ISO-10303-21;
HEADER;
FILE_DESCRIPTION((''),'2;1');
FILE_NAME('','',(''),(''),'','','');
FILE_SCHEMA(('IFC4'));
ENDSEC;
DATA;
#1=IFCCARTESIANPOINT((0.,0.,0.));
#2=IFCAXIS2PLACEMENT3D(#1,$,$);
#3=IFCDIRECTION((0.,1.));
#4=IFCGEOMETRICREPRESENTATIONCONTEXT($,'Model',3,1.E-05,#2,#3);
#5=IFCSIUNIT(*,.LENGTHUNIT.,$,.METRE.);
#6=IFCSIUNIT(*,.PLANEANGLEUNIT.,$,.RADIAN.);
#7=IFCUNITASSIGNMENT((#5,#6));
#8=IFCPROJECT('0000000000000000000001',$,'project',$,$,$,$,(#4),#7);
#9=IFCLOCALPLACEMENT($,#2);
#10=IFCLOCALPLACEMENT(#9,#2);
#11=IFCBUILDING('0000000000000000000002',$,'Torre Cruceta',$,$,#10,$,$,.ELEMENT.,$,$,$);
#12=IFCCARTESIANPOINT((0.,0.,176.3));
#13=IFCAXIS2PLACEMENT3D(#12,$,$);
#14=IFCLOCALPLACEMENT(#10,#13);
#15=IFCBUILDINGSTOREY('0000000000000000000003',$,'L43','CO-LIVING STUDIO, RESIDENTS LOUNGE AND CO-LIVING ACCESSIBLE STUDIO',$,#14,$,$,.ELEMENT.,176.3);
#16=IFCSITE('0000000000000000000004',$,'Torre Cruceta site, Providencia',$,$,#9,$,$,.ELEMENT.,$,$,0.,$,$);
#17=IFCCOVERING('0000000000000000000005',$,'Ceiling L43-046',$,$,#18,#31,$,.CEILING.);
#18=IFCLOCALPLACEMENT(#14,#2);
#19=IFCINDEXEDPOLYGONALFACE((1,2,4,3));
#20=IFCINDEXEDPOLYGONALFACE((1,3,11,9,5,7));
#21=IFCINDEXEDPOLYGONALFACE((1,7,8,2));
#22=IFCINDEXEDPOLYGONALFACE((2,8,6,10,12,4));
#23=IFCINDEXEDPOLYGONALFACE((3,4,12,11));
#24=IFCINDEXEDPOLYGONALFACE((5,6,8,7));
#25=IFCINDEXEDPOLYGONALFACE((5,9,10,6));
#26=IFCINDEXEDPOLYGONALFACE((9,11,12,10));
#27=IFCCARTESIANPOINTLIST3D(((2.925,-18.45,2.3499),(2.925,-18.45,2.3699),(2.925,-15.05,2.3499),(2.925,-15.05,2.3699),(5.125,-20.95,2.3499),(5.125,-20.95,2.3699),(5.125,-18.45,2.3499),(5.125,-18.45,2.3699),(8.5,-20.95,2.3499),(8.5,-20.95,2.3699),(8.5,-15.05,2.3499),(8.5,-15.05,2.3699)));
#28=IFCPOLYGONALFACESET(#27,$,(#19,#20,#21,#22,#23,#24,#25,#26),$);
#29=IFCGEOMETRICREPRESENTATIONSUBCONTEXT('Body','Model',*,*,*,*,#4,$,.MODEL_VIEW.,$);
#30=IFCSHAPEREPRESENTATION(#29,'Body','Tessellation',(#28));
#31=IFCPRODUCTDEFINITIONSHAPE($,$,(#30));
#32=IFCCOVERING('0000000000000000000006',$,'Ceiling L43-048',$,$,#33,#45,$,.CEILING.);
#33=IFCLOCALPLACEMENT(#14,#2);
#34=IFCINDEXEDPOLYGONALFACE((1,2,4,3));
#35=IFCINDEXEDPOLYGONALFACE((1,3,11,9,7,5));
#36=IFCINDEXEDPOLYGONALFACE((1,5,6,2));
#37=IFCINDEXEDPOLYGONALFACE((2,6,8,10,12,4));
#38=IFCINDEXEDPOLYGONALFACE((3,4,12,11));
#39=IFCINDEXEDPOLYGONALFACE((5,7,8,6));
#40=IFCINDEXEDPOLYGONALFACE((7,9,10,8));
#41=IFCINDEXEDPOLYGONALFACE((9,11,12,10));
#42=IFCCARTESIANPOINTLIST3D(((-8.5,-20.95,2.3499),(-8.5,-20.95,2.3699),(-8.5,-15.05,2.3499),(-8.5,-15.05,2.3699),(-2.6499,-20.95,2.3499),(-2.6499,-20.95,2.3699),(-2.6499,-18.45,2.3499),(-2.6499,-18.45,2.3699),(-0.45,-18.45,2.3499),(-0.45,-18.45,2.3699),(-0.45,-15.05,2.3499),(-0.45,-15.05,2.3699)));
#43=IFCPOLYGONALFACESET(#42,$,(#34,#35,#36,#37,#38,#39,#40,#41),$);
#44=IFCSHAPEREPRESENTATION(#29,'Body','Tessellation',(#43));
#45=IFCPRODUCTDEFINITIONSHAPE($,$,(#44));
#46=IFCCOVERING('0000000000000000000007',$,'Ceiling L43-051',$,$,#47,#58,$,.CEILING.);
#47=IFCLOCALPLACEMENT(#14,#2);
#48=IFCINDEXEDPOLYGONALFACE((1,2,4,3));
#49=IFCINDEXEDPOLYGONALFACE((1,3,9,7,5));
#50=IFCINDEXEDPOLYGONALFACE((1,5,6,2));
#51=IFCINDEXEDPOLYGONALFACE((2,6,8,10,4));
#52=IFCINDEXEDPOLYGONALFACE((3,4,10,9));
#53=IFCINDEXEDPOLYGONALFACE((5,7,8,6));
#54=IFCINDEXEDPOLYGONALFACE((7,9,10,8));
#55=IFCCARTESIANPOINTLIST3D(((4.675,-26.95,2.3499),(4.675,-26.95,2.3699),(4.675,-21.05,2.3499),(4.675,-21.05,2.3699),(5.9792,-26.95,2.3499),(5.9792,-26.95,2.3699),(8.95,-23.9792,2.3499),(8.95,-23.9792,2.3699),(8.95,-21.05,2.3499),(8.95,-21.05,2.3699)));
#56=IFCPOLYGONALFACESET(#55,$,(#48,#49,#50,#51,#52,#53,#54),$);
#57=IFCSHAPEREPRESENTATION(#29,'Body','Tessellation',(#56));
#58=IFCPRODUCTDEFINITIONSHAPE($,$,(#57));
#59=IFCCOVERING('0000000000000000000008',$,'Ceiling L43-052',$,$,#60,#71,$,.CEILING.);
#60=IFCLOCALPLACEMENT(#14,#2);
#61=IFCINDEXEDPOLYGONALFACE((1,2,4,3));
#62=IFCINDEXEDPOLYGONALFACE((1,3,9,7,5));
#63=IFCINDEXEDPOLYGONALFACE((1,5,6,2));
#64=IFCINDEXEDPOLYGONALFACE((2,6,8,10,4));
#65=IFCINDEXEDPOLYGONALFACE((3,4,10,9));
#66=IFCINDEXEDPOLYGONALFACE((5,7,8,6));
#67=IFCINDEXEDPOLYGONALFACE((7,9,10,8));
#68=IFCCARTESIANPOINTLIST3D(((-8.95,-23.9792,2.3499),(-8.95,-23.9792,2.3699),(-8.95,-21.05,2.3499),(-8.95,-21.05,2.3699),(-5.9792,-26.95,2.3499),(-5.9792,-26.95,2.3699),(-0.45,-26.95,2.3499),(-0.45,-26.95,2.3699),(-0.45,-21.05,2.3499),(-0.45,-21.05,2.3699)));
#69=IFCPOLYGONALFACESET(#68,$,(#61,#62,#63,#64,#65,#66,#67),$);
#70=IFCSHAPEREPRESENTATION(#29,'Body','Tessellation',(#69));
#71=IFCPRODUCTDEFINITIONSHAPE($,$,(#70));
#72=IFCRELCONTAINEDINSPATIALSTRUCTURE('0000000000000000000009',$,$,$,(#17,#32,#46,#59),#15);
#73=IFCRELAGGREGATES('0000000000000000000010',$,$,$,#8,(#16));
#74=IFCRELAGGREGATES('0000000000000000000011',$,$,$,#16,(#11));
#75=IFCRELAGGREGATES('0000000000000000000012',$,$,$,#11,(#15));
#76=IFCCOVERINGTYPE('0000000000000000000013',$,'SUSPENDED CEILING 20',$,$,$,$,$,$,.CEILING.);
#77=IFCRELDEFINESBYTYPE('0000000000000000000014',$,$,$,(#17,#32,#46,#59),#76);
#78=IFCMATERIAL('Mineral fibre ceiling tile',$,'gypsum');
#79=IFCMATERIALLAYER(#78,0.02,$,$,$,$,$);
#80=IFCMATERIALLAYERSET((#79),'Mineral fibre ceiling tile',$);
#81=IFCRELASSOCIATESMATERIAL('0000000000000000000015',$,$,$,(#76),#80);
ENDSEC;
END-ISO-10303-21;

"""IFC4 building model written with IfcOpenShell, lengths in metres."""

from ifc_helpers import new_model, si_unit, direction, frame, origin, place, context, subcontext, project, spatial, polyline, outline, extrude, material, layer, layer_set, type_object, element, save


model = new_model("IFC4")

# Units and contexts
model_context = context("Model", 3, precision=1e-05, world=origin(), true_north=direction((0.0, 1.0)))
body_context = subcontext(model_context, "Body", "Model", "MODEL_VIEW")
ifc_project = project(units=[si_unit("LENGTHUNIT", "METRE"), si_unit("PLANEANGLEUNIT", "RADIAN")], contexts=[model_context])

# Site, building, storey
site_placement = place(None, origin())
site = spatial("IfcSite", under=ifc_project, at=site_placement, Name="Torre Cruceta site, Providencia", CompositionType="ELEMENT", RefElevation=0.0)
building_placement = place(site_placement, origin())
building = spatial("IfcBuilding", under=site, at=building_placement, Name="Torre Cruceta", CompositionType="ELEMENT")
storey_placement = place(building_placement, frame((0.0, 0.0, 176.3)))
storey = spatial("IfcBuildingStorey", under=building, at=storey_placement, Name="L43", Description="CO-LIVING STUDIO, RESIDENTS LOUNGE AND CO-LIVING ACCESSIBLE STUDIO", CompositionType="ELEMENT", Elevation=176.3)

# Coverings
ifc_material_1 = material(Name="Mineral fibre ceiling tile", Category="gypsum")
ifc_layer_1 = layer(ifc_material_1, 0.02)
ifc_layer_set_1 = layer_set([ifc_layer_1], Name="Mineral fibre ceiling tile")
covering_type = type_object("IfcCoveringType", Name="SUSPENDED CEILING 20", PredefinedType="CEILING", material=ifc_layer_set_1)
covering_1_placement = place(storey_placement, frame((0.0, 0.0, 2.3499)))
element("IfcCovering", 1, at=covering_1_placement, inside=storey, type_object=covering_type, Name="Ceiling L43-046", PredefinedType="CEILING", context=body_context, shape_type="SweptSolid", body=[
    extrude(outline(polyline([(2.925, -15.05), (8.5, -15.05), (8.5, -20.95), (5.125, -20.95), (5.125, -18.45), (2.925, -18.45), (2.925, -15.05)])), origin(), (0.0, 0.0, 1.0), 0.02),
])
covering_2_placement = place(storey_placement, frame((0.0, 0.0, 2.3499)))
element("IfcCovering", 2, at=covering_2_placement, inside=storey, type_object=covering_type, Name="Ceiling L43-048", PredefinedType="CEILING", context=body_context, shape_type="SweptSolid", body=[
    extrude(outline(polyline([(-8.5, -20.95), (-8.5, -15.05), (-0.45, -15.05), (-0.45, -18.45), (-2.6499, -18.45), (-2.6499, -20.95), (-8.5, -20.95)])), origin(), (0.0, 0.0, 1.0), 0.02),
])
covering_3_placement = place(storey_placement, frame((0.0, 0.0, 2.3499)))
element("IfcCovering", 3, at=covering_3_placement, inside=storey, type_object=covering_type, Name="Ceiling L43-051", PredefinedType="CEILING", context=body_context, shape_type="SweptSolid", body=[
    extrude(outline(polyline([(8.95, -23.9792), (5.9792, -26.95), (4.675, -26.95), (4.675, -21.05), (8.95, -21.05), (8.95, -23.9792)])), origin(), (0.0, 0.0, 1.0), 0.02),
])
covering_4_placement = place(storey_placement, frame((0.0, 0.0, 2.3499)))
element("IfcCovering", 4, at=covering_4_placement, inside=storey, type_object=covering_type, Name="Ceiling L43-052", PredefinedType="CEILING", context=body_context, shape_type="SweptSolid", body=[
    extrude(outline(polyline([(-8.95, -23.9792), (-8.95, -21.05), (-0.45, -21.05), (-0.45, -26.95), (-5.9792, -26.95), (-8.95, -23.9792)])), origin(), (0.0, 0.0, 1.0), 0.02),
])

save(model, "model.ifc")
